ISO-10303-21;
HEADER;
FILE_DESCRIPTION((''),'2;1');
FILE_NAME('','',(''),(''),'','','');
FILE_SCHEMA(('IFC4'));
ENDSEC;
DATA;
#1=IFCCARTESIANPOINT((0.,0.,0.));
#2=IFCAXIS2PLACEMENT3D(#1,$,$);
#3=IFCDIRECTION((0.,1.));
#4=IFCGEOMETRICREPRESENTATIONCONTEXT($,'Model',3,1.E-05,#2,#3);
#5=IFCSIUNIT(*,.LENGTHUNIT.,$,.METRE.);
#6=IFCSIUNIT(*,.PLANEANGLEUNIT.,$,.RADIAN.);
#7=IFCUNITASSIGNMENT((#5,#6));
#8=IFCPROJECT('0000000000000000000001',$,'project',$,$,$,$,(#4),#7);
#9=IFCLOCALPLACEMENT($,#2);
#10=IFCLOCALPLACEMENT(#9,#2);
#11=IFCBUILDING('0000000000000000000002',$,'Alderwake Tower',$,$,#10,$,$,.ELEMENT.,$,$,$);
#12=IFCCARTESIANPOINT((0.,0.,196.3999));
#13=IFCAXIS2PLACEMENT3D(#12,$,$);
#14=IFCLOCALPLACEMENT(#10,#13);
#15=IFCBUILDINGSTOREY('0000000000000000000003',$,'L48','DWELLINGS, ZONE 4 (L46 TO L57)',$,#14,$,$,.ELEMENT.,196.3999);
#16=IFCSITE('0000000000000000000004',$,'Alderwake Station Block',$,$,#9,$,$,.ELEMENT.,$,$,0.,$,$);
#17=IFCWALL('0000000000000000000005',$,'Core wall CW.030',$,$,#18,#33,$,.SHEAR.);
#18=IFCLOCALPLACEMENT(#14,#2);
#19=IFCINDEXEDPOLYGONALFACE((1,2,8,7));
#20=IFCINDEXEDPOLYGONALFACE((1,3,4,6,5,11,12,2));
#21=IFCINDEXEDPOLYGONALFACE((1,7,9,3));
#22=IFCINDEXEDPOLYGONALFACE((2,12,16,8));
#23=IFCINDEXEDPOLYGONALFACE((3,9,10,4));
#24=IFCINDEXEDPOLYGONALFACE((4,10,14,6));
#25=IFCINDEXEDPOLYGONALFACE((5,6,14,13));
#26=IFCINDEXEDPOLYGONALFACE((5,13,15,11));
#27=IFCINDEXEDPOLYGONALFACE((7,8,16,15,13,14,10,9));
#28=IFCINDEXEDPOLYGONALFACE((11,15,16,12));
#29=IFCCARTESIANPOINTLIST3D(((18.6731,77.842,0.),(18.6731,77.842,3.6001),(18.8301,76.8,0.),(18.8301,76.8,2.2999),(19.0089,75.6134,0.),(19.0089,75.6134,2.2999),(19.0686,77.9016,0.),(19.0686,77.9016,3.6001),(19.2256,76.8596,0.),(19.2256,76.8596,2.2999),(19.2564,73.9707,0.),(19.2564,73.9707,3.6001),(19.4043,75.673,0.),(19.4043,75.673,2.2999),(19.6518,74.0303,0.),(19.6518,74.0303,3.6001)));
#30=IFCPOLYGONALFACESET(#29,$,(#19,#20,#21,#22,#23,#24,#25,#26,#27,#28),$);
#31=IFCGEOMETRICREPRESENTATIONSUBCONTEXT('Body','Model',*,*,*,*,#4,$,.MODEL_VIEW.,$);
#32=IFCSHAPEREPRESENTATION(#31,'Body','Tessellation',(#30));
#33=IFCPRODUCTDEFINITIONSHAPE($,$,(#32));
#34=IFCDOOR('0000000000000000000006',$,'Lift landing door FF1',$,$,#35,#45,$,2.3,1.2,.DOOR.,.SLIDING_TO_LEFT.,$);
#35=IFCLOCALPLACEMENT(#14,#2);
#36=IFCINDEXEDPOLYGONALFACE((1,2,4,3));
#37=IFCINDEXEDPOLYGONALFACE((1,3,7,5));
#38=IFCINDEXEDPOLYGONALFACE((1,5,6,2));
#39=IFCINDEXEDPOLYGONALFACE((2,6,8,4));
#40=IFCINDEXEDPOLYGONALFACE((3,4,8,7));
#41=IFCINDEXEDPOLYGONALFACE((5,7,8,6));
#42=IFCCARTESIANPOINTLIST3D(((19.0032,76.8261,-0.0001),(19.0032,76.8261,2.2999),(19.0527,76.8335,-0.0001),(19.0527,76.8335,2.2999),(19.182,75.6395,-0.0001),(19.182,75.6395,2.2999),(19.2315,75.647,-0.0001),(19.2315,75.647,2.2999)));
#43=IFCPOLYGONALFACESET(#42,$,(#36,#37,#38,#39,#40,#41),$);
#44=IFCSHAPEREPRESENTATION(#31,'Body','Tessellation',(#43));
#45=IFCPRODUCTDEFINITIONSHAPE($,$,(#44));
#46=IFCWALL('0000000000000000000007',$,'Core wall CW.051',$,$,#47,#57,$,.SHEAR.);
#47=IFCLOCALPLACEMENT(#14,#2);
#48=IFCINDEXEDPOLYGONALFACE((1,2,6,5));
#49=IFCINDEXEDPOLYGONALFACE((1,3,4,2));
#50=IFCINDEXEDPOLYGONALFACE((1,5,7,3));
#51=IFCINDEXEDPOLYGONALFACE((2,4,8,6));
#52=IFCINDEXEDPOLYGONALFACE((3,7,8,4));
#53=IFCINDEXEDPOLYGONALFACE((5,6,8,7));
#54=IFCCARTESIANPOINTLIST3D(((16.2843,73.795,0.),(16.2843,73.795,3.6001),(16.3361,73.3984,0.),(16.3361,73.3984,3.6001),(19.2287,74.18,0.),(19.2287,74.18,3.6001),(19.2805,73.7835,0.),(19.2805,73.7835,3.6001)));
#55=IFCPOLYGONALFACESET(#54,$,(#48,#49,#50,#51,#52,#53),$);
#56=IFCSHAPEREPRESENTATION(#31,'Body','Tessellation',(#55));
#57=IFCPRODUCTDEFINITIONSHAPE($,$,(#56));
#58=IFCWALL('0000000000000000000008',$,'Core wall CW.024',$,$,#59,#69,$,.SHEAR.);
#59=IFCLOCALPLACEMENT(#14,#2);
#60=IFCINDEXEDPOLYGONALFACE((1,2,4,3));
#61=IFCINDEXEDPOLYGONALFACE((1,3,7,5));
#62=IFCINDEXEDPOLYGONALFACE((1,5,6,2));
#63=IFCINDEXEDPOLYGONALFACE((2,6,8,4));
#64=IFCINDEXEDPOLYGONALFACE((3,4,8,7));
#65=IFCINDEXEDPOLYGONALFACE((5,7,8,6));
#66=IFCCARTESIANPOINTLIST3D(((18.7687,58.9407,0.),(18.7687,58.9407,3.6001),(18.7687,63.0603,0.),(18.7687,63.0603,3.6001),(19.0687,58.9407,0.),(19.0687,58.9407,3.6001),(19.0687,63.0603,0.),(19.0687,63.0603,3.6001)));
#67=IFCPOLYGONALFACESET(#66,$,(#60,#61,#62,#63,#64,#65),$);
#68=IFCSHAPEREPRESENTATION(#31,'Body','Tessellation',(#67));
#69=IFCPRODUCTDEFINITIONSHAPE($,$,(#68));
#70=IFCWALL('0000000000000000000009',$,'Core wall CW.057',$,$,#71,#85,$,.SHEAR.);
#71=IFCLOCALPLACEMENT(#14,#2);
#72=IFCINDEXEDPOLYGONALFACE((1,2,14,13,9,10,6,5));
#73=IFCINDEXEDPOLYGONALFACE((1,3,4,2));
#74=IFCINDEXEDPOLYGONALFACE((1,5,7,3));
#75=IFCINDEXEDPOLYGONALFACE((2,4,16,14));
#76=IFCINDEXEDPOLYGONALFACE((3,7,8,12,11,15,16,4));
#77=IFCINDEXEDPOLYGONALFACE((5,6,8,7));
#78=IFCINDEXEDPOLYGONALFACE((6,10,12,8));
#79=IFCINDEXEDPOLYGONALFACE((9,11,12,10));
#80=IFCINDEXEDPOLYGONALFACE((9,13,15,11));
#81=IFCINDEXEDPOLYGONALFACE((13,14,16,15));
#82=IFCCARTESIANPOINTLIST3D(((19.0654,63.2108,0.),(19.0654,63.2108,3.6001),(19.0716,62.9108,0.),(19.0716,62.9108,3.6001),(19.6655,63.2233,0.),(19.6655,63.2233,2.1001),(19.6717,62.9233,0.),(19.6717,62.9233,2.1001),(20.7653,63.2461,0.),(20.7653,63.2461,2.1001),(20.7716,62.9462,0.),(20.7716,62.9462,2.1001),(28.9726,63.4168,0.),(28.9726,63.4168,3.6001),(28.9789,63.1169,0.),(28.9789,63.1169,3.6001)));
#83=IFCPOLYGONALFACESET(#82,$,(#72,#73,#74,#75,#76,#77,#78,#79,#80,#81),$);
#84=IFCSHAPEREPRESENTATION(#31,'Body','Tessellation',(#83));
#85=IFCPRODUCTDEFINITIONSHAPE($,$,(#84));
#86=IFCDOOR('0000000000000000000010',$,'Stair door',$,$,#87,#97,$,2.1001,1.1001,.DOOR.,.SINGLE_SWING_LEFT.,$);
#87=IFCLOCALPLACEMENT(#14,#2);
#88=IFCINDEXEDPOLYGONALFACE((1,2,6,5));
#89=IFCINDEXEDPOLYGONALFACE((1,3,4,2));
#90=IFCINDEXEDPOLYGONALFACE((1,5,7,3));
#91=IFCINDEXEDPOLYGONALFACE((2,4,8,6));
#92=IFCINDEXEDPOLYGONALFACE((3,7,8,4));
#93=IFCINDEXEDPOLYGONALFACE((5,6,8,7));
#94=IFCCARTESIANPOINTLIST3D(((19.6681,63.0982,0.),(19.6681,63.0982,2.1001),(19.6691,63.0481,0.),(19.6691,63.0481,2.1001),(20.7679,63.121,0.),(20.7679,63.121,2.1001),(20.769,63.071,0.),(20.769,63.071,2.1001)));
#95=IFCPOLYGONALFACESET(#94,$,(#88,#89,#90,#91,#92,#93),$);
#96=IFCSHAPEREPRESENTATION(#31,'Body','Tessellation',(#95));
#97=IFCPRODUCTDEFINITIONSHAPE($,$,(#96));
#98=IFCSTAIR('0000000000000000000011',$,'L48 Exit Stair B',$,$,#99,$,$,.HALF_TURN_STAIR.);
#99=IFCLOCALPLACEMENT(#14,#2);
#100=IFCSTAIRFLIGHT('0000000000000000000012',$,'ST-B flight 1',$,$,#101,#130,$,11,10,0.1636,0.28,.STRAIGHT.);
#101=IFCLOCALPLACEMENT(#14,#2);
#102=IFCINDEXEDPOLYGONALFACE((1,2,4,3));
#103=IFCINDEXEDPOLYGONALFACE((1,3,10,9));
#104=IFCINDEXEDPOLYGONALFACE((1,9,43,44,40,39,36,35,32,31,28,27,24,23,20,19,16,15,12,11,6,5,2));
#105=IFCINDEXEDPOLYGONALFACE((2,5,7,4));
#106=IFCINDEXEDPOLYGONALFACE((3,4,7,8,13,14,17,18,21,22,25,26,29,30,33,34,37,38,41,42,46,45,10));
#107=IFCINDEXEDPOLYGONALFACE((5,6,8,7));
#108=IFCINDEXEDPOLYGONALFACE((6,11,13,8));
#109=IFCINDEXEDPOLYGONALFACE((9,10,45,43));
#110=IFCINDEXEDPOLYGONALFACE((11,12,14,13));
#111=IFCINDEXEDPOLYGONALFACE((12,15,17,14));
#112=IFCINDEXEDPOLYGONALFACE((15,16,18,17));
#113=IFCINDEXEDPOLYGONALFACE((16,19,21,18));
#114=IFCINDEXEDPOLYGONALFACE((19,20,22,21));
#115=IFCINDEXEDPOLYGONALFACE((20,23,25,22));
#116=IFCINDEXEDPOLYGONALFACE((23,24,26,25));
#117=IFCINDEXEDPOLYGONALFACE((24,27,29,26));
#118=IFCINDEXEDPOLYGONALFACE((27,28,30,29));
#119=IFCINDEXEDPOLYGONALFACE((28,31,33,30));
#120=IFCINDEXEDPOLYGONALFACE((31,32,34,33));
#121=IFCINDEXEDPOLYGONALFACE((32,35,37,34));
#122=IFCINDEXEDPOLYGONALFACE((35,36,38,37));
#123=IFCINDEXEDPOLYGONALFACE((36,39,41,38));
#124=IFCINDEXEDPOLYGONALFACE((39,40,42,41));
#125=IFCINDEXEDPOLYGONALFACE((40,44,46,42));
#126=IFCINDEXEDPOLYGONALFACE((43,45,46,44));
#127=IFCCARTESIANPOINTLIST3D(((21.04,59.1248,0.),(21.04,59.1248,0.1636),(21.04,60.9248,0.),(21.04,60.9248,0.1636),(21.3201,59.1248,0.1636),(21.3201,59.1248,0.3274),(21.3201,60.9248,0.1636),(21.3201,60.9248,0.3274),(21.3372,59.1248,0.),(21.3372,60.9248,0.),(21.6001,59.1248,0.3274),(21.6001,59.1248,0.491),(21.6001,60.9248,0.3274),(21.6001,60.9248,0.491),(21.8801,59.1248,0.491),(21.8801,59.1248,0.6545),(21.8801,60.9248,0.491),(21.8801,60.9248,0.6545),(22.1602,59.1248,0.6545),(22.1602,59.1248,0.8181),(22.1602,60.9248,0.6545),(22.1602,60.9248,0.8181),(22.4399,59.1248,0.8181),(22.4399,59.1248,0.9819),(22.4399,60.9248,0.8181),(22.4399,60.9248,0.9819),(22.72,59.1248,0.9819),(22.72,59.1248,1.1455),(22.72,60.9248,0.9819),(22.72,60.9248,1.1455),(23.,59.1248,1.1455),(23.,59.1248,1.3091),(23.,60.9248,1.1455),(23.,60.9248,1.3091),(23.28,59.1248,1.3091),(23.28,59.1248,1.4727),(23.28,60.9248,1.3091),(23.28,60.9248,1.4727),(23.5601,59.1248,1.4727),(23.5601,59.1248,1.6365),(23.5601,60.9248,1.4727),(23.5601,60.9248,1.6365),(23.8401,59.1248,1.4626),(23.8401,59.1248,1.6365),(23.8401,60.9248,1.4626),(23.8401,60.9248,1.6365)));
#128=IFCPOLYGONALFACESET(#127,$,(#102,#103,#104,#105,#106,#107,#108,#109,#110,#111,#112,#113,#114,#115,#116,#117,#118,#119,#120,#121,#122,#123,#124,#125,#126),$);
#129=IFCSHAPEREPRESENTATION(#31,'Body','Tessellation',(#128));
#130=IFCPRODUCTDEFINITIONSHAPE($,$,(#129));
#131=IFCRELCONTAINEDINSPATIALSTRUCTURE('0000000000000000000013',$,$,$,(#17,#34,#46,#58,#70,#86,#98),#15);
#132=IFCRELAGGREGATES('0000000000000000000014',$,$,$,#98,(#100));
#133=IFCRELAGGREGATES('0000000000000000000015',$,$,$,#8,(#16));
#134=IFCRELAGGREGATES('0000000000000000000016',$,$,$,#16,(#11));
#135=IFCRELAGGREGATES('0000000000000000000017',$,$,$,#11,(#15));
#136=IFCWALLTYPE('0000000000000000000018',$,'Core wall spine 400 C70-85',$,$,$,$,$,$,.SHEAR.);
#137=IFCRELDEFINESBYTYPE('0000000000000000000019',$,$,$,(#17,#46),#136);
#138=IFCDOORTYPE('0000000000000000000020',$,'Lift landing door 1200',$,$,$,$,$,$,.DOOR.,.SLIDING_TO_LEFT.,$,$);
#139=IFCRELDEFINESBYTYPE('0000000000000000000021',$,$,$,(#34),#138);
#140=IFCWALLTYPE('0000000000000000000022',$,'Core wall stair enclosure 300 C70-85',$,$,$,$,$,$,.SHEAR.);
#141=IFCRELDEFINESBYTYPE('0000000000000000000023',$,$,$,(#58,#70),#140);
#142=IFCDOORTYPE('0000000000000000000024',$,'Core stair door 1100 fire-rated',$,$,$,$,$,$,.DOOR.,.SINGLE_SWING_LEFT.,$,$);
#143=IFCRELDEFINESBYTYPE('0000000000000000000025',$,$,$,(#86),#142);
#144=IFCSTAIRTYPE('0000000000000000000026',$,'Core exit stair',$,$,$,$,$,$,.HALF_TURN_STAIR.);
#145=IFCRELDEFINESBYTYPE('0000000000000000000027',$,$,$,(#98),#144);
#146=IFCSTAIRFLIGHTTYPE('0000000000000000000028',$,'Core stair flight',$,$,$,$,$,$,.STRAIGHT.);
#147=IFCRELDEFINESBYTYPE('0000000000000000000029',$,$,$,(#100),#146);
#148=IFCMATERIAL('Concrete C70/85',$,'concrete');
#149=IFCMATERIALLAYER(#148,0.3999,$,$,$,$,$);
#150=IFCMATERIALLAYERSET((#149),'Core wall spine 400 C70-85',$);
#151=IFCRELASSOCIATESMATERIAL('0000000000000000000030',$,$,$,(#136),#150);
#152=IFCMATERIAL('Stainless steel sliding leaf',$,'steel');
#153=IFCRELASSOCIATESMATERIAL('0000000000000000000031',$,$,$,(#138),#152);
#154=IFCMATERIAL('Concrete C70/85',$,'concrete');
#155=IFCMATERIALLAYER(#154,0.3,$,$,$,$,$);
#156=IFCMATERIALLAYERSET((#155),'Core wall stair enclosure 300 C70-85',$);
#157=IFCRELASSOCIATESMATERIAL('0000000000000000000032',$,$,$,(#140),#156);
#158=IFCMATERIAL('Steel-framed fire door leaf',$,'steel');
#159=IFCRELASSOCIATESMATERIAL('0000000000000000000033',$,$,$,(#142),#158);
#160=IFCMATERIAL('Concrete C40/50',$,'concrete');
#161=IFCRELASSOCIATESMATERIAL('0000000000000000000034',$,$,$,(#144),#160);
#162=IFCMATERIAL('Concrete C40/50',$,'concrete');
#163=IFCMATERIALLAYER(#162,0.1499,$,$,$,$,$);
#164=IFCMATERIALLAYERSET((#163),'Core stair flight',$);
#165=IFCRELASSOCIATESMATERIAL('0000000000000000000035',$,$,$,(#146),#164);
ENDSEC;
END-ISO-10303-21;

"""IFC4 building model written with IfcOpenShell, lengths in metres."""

from ifc_helpers import new_model, si_unit, direction, frame, frame_2d, origin, place, context, subcontext, project, spatial, polyline, rectangle, outline, extrude, material, layer, layer_set, type_object, element, fill, aggregate, save


model = new_model("IFC4")

# Units and contexts
model_context = context("Model", 3, precision=1e-05, world=origin(), true_north=direction((0.0, 1.0)))
body_context = subcontext(model_context, "Body", "Model", "MODEL_VIEW")
ifc_project = project(units=[si_unit("LENGTHUNIT", "METRE"), si_unit("PLANEANGLEUNIT", "RADIAN")], contexts=[model_context])

# Site, building, storey
site_placement = place(None, origin())
site = spatial("IfcSite", under=ifc_project, at=site_placement, Name="Alderwake Station Block", CompositionType="ELEMENT", RefElevation=0.0)
building_placement = place(site_placement, origin())
building = spatial("IfcBuilding", under=site, at=building_placement, Name="Alderwake Tower", CompositionType="ELEMENT")
storey_placement = place(building_placement, frame((0.0, 0.0, 196.3999)))
storey = spatial("IfcBuildingStorey", under=building, at=storey_placement, Name="L48", Description="DWELLINGS, ZONE 4 (L46 TO L57)", CompositionType="ELEMENT", Elevation=196.3999)

# Shared definitions
ifc_material_1 = material(Name="Concrete C70/85", Category="concrete")
ifc_layer_1 = layer(ifc_material_1, 0.3999)
ifc_layer_set_1 = layer_set([ifc_layer_1], Name="Core wall spine 400 C70-85")
wall_type_1 = type_object("IfcWallType", Name="Core wall spine 400 C70-85", PredefinedType="SHEAR", material=ifc_layer_set_1)

# Wall, opening, door
wall_1_placement = place(storey_placement, frame((19.4541, 74.0005, 0.0), z_axis=(0.0, 0.0, 1.0), x_axis=(-0.148978, 0.988841, 0.0)))
wall_1 = element("IfcWall", 1, at=wall_1_placement, inside=storey, type_object=wall_type_1, Name="Core wall CW.030", PredefinedType="SHEAR", context=body_context, shape_type="SweptSolid", body=[
    extrude(rectangle(XDim=3.915, YDim=0.3999, at=frame_2d((1.9575, 0.0))), origin(), (0.0, 0.0, 1.0), 3.6001),
])
opening_1_placement = place(wall_1_placement, frame((1.6611, 0.0, 0.0)))
opening_1 = element("IfcOpeningElement", 2, at=opening_1_placement, cuts=wall_1, PredefinedType="OPENING", context=body_context, shape_type="SweptSolid", body=[
    extrude(rectangle(XDim=1.2, YDim=2.3, at=frame_2d((0.6001, 1.1499))), frame((0.0, 0.21, 0.0), z_axis=(0.0, -1.0, 0.0), x_axis=(1.0, 0.0, 0.0)), (0.0, 0.0, 1.0), 0.4199),
])
ifc_material_2 = material(Name="Stainless steel sliding leaf", Category="steel")
door_type_1 = type_object("IfcDoorType", Name="Lift landing door 1200", OperationType="SLIDING_TO_LEFT", PredefinedType="DOOR", material=ifc_material_2)
door_1_placement = place(opening_1_placement, origin())
door_1 = element("IfcDoor", 3, at=door_1_placement, inside=storey, type_object=door_type_1, Name="Lift landing door FF1", OperationType="SLIDING_TO_LEFT", OverallHeight=2.3, OverallWidth=1.2, PredefinedType="DOOR", context=body_context, shape_type="SweptSolid", body=[
    extrude(rectangle(XDim=1.2, YDim=2.3, at=frame_2d((0.6001, 1.1499))), frame((0.0, 0.0249, 0.0), z_axis=(0.0, -1.0, 0.0), x_axis=(1.0, 0.0, 0.0)), (0.0, 0.0, 1.0), 0.05),
])
fill(opening_1, door_1)

# Walls
wall_2_placement = place(storey_placement, frame((16.3101, 73.5967, 0.0), z_axis=(0.0, 0.0, 1.0), x_axis=(0.991559, 0.129659, 0.0)))
element("IfcWall", 4, at=wall_2_placement, inside=storey, type_object=wall_type_1, Name="Core wall CW.051", PredefinedType="SHEAR", context=body_context, shape_type="SweptSolid", body=[
    extrude(rectangle(XDim=2.9695, YDim=0.3999, at=frame_2d((1.4849, 0.0))), origin(), (0.0, 0.0, 1.0), 3.6001),
])
ifc_material_3 = material(Name="Concrete C70/85", Category="concrete")
ifc_layer_2 = layer(ifc_material_3, 0.3)
ifc_layer_set_2 = layer_set([ifc_layer_2], Name="Core wall stair enclosure 300 C70-85")
wall_type_2 = type_object("IfcWallType", Name="Core wall stair enclosure 300 C70-85", PredefinedType="SHEAR", material=ifc_layer_set_2)
wall_3_placement = place(storey_placement, frame((18.9187, 58.9407, 0.0), z_axis=(0.0, 0.0, 1.0), x_axis=(0.0, 1.0, 0.0)))
element("IfcWall", 5, at=wall_3_placement, inside=storey, type_object=wall_type_2, Name="Core wall CW.024", PredefinedType="SHEAR", context=body_context, shape_type="SweptSolid", body=[
    extrude(rectangle(XDim=4.1196, YDim=0.3, at=frame_2d((2.0598, 0.0))), origin(), (0.0, 0.0, 1.0), 3.6001),
])

# Wall, opening, door
wall_4_placement = place(storey_placement, frame((19.0686, 63.0608, 0.0), z_axis=(0.0, 0.0, 1.0), x_axis=(0.999784, 0.020794, 0.0)))
wall_4 = element("IfcWall", 6, at=wall_4_placement, inside=storey, type_object=wall_type_2, Name="Core wall CW.057", PredefinedType="SHEAR", context=body_context, shape_type="SweptSolid", body=[
    extrude(rectangle(XDim=9.9094, YDim=0.3, at=frame_2d((4.9546, 0.0))), origin(), (0.0, 0.0, 1.0), 3.6001),
])
opening_2_placement = place(wall_4_placement, frame((0.6001, 0.0, 0.0)))
opening_2 = element("IfcOpeningElement", 7, at=opening_2_placement, cuts=wall_4, PredefinedType="OPENING", context=body_context, shape_type="SweptSolid", body=[
    extrude(rectangle(XDim=1.1001, YDim=2.1001, at=frame_2d((0.55, 1.05))), frame((0.0, 0.1599, 0.0), z_axis=(0.0, -1.0, 0.0), x_axis=(1.0, 0.0, 0.0)), (0.0, 0.0, 1.0), 0.3201),
])
ifc_material_4 = material(Name="Steel-framed fire door leaf", Category="steel")
door_type_2 = type_object("IfcDoorType", Name="Core stair door 1100 fire-rated", OperationType="SINGLE_SWING_LEFT", PredefinedType="DOOR", material=ifc_material_4)
door_2_placement = place(opening_2_placement, origin())
door_2 = element("IfcDoor", 8, at=door_2_placement, inside=storey, type_object=door_type_2, Name="Stair door", OperationType="SINGLE_SWING_LEFT", OverallHeight=2.1001, OverallWidth=1.1001, PredefinedType="DOOR", context=body_context, shape_type="SweptSolid", body=[
    extrude(rectangle(XDim=1.1001, YDim=2.1001, at=frame_2d((0.55, 1.05))), frame((0.0, 0.0249, 0.0), z_axis=(0.0, -1.0, 0.0), x_axis=(1.0, 0.0, 0.0)), (0.0, 0.0, 1.0), 0.05),
])
fill(opening_2, door_2)

# Stair, stair flight
ifc_material_5 = material(Name="Concrete C40/50", Category="concrete")
stair_type = type_object("IfcStairType", Name="Core exit stair", PredefinedType="HALF_TURN_STAIR", material=ifc_material_5)
stair_placement = place(storey_placement, origin())
stair = element("IfcStair", 9, at=stair_placement, inside=storey, type_object=stair_type, Name="L48 Exit Stair B", PredefinedType="HALF_TURN_STAIR")
ifc_material_6 = material(Name="Concrete C40/50", Category="concrete")
ifc_layer_3 = layer(ifc_material_6, 0.1499)
ifc_layer_set_3 = layer_set([ifc_layer_3], Name="Core stair flight")
stair_flight_type = type_object("IfcStairFlightType", Name="Core stair flight", PredefinedType="STRAIGHT", material=ifc_layer_set_3)
stair_flight_placement = place(storey_placement, frame((21.04, 60.0249, 0.0), z_axis=(0.0, 0.0, 1.0), x_axis=(1.0, 0.0, 0.0)))
stair_flight = element("IfcStairFlight", 10, at=stair_flight_placement, type_object=stair_flight_type, Name="ST-B flight 1", NumberOfRisers=11, NumberOfTreads=10, PredefinedType="STRAIGHT", RiserHeight=0.1636, TreadLength=0.28, context=body_context, shape_type="SweptSolid", body=[
    extrude(outline(polyline([(0.0, 0.0), (0.0, 0.1636), (0.28, 0.1636), (0.28, 0.3274), (0.5601, 0.3274), (0.5601, 0.491), (0.8401, 0.491), (0.8401, 0.6545), (1.1201, 0.6545), (1.1201, 0.8181), (1.3999, 0.8181), (1.3999, 0.9819), (1.6799, 0.9819), (1.6799, 1.1455), (1.96, 1.1455), (1.96, 1.3091), (2.24, 1.3091), (2.24, 1.4727), (2.52, 1.4727), (2.52, 1.6365), (2.8, 1.6365), (2.8, 1.8), (2.8, 1.4626), (0.2971, 0.0), (0.0, 0.0)])), frame((0.0, 0.8999, 0.0), z_axis=(0.0, -1.0, 0.0), x_axis=(1.0, 0.0, 0.0)), (0.0, 0.0, 1.0), 1.8),
])
aggregate(stair, [stair_flight])

save(model, "model.ifc")
